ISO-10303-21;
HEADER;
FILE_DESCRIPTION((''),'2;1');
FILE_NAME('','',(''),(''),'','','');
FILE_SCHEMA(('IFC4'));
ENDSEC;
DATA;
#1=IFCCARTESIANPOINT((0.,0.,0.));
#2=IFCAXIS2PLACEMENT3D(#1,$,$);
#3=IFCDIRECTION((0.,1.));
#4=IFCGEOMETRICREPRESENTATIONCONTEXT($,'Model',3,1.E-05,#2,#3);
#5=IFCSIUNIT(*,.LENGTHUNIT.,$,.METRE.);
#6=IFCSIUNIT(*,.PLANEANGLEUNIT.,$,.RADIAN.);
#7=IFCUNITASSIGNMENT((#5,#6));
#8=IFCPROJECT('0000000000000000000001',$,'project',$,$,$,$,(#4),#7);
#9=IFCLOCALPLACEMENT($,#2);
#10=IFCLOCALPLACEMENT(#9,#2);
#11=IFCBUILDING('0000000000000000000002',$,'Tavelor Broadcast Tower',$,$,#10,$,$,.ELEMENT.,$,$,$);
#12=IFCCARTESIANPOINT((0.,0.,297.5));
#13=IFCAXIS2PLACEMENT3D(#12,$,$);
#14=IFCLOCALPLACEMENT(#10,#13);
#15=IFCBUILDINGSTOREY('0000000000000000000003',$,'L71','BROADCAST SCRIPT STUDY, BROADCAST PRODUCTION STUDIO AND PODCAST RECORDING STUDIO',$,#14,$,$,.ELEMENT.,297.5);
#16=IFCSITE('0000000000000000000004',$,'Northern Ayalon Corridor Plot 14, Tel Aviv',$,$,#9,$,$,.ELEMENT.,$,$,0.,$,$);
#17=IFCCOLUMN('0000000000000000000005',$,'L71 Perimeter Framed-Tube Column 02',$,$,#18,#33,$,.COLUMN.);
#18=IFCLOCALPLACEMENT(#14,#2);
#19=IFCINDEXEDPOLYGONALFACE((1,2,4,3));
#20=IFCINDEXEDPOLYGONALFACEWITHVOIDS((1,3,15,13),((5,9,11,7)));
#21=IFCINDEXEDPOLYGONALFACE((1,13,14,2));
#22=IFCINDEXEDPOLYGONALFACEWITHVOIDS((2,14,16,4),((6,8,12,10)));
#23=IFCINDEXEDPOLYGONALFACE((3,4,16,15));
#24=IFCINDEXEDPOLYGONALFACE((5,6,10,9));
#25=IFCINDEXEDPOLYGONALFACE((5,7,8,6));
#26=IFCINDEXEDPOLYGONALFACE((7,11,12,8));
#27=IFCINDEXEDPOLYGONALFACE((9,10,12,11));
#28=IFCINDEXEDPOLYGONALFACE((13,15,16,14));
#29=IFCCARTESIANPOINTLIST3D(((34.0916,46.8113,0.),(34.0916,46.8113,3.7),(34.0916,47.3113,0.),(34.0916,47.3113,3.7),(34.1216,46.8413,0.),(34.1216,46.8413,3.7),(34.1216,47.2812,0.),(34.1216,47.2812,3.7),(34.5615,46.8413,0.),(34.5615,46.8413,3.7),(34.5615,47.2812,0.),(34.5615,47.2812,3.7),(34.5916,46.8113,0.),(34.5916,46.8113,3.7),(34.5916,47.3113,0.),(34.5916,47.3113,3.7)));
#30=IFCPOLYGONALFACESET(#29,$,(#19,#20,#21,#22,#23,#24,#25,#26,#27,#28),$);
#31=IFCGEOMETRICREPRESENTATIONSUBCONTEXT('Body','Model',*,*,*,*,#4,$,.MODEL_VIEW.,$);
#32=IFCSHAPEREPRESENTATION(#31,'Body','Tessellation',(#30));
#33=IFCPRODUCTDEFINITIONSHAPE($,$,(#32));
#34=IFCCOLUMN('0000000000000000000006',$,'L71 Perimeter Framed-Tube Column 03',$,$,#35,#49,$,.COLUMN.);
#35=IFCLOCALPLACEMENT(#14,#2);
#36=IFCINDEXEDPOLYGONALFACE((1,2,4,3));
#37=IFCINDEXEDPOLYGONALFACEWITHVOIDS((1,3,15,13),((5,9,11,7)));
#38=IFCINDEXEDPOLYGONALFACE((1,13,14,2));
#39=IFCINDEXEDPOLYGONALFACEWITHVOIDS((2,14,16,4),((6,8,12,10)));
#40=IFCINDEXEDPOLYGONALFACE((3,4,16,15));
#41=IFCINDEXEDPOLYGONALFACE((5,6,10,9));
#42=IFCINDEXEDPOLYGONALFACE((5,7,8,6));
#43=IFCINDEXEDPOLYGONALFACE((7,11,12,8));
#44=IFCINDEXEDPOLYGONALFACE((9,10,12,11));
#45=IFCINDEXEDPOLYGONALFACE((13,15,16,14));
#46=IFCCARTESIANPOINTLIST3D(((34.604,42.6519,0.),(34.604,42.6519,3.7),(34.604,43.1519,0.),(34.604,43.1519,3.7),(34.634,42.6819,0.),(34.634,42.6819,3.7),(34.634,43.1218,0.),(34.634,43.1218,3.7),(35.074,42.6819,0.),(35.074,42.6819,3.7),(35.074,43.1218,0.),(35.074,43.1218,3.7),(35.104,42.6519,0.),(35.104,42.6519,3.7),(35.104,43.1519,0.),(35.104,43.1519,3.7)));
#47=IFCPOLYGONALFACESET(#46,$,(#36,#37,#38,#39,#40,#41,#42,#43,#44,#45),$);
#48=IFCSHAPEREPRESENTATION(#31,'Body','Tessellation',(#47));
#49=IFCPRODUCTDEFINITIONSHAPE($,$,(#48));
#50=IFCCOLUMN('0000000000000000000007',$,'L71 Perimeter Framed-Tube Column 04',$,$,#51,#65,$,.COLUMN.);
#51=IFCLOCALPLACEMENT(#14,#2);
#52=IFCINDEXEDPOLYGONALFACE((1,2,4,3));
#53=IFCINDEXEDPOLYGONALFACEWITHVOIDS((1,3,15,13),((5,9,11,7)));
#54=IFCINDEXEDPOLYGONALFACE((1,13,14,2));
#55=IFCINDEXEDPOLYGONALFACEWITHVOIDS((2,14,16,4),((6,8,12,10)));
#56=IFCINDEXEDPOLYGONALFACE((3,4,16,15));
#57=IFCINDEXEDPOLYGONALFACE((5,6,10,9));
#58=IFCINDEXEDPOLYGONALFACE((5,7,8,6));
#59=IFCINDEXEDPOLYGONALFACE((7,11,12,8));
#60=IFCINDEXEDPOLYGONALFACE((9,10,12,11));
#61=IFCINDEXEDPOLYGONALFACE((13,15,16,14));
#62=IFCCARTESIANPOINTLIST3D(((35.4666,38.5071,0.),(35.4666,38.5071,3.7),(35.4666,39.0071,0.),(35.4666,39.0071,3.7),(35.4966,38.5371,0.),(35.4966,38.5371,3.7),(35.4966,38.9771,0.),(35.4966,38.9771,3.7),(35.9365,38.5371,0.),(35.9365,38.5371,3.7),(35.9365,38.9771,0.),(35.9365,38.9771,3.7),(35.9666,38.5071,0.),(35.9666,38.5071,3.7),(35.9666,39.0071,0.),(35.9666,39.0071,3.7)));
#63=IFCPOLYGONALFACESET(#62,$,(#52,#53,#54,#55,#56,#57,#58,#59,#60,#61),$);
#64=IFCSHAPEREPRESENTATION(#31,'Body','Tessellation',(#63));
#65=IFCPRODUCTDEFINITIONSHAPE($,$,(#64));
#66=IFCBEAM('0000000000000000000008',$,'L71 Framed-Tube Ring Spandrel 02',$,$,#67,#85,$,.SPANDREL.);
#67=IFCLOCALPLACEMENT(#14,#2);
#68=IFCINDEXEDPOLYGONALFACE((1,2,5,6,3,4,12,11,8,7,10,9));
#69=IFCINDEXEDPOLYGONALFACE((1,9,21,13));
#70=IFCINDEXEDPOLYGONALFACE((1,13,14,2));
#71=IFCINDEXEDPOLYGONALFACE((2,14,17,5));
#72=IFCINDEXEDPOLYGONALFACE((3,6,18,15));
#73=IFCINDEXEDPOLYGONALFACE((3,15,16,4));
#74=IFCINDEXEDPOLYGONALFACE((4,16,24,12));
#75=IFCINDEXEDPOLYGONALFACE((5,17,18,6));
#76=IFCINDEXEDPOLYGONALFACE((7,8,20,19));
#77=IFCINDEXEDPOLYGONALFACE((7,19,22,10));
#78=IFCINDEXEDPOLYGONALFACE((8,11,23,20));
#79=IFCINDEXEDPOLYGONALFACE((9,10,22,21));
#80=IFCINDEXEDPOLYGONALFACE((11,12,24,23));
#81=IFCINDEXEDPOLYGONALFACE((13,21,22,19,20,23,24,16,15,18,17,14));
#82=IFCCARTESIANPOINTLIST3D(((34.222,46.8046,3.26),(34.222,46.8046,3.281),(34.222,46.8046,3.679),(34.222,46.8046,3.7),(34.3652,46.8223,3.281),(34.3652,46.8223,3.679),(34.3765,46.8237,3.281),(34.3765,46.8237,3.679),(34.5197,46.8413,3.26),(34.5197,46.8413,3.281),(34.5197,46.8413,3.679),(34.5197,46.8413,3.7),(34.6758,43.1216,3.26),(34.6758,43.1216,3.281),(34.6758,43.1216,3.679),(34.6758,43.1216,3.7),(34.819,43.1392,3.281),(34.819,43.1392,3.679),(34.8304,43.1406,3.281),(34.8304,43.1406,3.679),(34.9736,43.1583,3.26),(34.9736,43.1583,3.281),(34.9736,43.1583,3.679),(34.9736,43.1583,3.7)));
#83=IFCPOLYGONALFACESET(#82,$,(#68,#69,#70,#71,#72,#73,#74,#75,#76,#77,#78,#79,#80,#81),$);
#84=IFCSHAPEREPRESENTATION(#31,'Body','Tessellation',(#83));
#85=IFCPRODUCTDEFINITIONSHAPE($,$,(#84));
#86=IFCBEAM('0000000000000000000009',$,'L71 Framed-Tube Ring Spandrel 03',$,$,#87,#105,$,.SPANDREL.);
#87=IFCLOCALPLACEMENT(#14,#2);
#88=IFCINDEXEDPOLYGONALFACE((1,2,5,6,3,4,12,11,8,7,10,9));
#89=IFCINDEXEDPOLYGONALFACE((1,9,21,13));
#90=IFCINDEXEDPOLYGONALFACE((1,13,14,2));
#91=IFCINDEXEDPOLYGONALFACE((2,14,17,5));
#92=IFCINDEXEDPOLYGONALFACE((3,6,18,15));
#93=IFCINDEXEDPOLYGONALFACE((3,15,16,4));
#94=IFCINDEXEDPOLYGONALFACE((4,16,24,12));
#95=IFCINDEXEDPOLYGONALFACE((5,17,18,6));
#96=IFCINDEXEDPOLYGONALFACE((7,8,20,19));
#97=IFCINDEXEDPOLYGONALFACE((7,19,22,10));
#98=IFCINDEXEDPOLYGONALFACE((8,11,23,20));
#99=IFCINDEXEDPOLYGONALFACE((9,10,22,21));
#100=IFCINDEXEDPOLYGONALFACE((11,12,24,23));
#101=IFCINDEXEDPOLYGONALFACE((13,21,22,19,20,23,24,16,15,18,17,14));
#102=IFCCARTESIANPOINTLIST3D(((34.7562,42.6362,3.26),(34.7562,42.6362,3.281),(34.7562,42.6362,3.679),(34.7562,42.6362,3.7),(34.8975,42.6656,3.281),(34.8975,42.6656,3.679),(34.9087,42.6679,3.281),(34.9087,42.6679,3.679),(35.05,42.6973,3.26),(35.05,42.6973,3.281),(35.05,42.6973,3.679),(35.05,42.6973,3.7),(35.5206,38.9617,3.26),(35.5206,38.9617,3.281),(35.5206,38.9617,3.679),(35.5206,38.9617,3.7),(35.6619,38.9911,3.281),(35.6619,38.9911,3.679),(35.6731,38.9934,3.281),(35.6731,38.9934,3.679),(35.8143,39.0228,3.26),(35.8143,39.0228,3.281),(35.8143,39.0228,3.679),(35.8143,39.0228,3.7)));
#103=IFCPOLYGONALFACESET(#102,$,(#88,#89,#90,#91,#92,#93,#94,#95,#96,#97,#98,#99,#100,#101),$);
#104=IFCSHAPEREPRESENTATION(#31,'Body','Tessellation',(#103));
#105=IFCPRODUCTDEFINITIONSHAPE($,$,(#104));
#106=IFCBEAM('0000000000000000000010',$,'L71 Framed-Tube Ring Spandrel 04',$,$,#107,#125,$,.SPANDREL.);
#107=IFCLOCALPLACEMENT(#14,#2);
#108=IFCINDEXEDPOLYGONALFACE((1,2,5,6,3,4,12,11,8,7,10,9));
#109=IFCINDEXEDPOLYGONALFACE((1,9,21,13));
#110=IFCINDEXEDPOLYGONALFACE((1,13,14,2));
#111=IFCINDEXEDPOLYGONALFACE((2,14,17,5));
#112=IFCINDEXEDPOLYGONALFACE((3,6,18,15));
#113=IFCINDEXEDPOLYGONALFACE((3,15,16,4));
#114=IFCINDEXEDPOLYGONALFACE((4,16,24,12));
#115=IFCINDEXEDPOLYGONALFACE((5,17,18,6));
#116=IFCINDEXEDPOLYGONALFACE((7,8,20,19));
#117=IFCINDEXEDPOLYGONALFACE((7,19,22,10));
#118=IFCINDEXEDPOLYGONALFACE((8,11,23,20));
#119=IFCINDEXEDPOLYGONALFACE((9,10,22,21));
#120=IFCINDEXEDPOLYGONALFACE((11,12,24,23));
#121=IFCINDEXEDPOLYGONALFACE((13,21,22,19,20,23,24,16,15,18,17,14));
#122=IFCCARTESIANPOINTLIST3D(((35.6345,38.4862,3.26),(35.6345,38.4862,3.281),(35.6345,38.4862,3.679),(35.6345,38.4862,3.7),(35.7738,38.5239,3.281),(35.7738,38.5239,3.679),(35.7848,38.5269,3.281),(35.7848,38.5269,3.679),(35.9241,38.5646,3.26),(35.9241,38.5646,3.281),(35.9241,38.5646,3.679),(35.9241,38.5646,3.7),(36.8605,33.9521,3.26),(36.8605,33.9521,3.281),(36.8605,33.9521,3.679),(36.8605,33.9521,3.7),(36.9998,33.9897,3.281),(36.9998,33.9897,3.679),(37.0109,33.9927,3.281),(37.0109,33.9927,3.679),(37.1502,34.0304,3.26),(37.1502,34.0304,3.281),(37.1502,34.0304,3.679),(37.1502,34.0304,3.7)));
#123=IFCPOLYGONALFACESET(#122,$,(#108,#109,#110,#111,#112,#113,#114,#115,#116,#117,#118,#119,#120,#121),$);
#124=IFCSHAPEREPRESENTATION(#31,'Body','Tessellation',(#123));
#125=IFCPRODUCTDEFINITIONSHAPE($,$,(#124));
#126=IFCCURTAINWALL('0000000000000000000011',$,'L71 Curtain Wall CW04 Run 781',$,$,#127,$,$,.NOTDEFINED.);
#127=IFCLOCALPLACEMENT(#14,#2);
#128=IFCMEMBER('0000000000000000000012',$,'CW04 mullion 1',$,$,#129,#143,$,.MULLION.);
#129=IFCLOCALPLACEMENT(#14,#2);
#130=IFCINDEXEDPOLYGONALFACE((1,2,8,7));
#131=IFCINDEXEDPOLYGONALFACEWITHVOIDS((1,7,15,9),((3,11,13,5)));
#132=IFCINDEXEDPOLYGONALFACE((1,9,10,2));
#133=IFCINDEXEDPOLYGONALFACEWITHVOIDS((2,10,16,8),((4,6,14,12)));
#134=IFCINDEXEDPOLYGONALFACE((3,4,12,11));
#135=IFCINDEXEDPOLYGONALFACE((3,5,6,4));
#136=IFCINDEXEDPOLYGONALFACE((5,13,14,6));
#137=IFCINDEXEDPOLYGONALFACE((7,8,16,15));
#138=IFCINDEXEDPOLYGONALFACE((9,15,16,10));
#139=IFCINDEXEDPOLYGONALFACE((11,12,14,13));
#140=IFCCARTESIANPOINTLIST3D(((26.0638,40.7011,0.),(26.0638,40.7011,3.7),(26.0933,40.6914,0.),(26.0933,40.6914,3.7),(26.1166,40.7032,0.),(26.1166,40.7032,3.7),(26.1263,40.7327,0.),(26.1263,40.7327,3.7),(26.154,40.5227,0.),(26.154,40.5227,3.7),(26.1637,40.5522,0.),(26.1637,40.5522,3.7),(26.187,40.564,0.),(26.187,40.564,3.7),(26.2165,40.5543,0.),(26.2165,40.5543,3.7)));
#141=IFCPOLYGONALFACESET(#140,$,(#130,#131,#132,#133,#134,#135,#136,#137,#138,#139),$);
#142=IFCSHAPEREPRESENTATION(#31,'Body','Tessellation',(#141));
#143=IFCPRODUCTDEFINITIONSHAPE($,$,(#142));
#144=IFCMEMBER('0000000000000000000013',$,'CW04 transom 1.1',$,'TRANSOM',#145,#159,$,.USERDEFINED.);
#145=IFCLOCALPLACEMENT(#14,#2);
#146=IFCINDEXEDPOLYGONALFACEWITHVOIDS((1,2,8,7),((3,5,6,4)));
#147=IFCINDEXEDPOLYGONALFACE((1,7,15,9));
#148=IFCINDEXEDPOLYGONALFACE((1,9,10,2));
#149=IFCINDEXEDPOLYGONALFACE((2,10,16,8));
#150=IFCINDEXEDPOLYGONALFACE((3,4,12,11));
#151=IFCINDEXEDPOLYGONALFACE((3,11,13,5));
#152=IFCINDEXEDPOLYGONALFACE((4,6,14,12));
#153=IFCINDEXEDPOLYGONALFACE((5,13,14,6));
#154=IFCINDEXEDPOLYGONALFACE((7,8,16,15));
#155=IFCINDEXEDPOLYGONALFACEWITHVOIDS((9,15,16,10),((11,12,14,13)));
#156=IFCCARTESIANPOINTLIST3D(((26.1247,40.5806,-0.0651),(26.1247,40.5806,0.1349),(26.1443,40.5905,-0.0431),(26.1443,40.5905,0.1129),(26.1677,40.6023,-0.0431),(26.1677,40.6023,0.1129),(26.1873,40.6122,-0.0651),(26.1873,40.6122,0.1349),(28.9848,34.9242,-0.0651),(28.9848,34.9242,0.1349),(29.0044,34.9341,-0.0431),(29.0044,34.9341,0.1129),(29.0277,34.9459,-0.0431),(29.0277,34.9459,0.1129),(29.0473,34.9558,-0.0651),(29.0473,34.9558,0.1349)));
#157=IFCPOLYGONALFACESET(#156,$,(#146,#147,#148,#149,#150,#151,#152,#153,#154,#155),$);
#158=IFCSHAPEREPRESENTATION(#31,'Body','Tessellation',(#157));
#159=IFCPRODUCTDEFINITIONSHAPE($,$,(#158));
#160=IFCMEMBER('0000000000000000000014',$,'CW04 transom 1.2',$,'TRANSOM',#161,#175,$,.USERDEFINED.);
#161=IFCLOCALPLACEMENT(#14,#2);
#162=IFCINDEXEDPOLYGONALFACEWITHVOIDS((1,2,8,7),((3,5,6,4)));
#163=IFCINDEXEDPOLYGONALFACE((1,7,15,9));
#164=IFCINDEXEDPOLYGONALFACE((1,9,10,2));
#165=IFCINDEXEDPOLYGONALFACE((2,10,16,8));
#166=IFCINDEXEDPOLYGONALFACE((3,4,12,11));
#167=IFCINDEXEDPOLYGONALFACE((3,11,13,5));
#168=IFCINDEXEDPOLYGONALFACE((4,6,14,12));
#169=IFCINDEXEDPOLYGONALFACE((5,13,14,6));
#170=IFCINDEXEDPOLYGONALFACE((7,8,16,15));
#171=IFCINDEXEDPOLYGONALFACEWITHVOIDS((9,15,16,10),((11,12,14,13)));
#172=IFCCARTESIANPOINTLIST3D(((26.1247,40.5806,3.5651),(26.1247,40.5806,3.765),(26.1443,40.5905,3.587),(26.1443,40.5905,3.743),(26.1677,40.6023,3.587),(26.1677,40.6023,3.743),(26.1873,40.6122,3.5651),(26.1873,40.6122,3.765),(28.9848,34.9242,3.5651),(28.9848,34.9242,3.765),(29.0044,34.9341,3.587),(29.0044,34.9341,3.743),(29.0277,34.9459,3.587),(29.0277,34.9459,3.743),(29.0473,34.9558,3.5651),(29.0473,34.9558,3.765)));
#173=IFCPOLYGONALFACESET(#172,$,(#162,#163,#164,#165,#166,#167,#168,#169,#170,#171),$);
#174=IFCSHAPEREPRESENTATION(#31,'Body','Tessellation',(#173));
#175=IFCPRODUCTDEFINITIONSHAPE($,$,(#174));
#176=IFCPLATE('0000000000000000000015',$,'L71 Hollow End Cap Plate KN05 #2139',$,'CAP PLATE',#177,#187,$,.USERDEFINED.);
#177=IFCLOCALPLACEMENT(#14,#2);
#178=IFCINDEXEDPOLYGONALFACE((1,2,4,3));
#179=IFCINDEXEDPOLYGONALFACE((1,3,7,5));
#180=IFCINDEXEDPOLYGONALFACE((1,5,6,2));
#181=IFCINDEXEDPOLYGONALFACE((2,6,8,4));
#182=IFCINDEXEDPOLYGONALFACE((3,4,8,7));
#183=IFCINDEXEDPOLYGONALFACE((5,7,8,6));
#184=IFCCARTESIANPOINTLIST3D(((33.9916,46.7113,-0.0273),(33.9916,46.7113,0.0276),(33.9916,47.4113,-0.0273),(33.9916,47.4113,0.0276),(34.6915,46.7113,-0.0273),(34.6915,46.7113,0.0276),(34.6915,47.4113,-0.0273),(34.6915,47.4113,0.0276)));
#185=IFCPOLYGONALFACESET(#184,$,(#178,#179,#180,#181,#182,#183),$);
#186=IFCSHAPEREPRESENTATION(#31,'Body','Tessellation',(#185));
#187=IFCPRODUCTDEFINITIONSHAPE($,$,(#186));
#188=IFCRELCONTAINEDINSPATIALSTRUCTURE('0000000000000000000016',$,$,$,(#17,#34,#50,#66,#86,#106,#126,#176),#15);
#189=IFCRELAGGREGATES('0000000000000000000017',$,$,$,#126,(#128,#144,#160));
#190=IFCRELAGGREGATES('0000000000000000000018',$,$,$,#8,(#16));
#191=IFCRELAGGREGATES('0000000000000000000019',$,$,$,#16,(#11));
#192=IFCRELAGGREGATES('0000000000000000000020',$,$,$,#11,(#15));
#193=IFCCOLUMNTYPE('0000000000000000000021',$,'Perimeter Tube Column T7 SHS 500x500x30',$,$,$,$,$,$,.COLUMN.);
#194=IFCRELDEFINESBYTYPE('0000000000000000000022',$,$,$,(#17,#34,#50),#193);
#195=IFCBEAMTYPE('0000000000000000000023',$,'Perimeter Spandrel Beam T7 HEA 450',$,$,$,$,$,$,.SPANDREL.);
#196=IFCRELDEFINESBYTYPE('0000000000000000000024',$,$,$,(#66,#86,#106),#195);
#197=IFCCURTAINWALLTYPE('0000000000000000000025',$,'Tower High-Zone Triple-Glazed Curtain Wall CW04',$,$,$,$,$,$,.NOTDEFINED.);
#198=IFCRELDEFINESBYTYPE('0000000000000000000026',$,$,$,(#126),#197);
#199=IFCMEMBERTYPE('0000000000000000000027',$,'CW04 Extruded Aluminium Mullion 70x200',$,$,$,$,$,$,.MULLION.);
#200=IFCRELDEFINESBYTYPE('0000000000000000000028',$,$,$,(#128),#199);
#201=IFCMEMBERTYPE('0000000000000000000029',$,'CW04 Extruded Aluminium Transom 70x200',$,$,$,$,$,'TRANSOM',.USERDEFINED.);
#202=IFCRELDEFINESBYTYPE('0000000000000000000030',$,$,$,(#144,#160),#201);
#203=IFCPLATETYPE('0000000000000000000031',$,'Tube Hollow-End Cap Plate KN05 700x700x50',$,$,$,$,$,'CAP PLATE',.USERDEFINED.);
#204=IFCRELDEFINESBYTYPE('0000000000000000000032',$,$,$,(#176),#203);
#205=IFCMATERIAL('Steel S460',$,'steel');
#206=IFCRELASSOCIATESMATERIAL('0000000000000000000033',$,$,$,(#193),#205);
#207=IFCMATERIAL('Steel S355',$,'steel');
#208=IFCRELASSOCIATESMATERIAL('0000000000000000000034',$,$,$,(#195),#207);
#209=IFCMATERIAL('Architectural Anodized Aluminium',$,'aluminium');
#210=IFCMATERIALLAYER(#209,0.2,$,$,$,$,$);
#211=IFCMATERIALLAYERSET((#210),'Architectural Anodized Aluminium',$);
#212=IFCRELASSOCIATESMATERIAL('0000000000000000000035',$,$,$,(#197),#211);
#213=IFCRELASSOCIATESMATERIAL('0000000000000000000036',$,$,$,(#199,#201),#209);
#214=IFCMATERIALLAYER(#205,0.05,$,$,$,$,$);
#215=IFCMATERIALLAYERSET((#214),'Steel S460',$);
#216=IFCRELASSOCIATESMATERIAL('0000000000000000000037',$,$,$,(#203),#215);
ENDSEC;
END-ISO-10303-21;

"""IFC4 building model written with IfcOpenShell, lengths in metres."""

from ifc_helpers import new_model, si_unit, direction, frame, origin, origin_2d, place, context, subcontext, project, spatial, rectangle, hollow_rectangle, i_section, extrude, source, transform, mapped, material, layer, layer_set, material_profile, profile_set, type_object, type_shapes, element, aggregate, save


model = new_model("IFC4")

# Units and contexts
model_context = context("Model", 3, precision=1e-05, world=origin(), true_north=direction((0.0, 1.0)))
body_context = subcontext(model_context, "Body", "Model", "MODEL_VIEW")
ifc_project = project(units=[si_unit("LENGTHUNIT", "METRE"), si_unit("PLANEANGLEUNIT", "RADIAN")], contexts=[model_context])

# Site, building, storey
site_placement = place(None, origin())
site = spatial("IfcSite", under=ifc_project, at=site_placement, Name="Northern Ayalon Corridor Plot 14, Tel Aviv", CompositionType="ELEMENT", RefElevation=0.0)
building_placement = place(site_placement, origin())
building = spatial("IfcBuilding", under=site, at=building_placement, Name="Tavelor Broadcast Tower", CompositionType="ELEMENT")
storey_placement = place(building_placement, frame((0.0, 0.0, 297.5)))
storey = spatial("IfcBuildingStorey", under=building, at=storey_placement, Name="L71", Description="BROADCAST SCRIPT STUDY, BROADCAST PRODUCTION STUDIO AND PODCAST RECORDING STUDIO", CompositionType="ELEMENT", Elevation=297.5)

# Columns
ifc_material_1 = material(Name="Steel S460", Category="steel")
ifc_material_profile_1 = material_profile(ifc_material_1, hollow_rectangle(XDim=0.5, YDim=0.5, WallThickness=0.03, at=origin_2d()), Name="SHS 500x500x30")
ifc_profile_set_1 = profile_set([ifc_material_profile_1], Name="Steel S460")
column_type = type_object("IfcColumnType", Name="Perimeter Tube Column T7 SHS 500x500x30", PredefinedType="COLUMN", material=ifc_profile_set_1)
for number, where, z_axis, x_axis, name in (
    (1, (34.3416, 47.0613, 0.0), (0.0, 0.0, 1.0), (1.0, 0.0, 0.0), "L71 Perimeter Framed-Tube Column 02"),
    (2, (34.854, 42.9019, 0.0), (0.0, 0.0, 1.0), (1.0, 0.0, 0.0), "L71 Perimeter Framed-Tube Column 03"),
    (3, (35.7166, 38.7571, 0.0), (0.0, 0.0, 1.0), (1.0, 0.0, 0.0), "L71 Perimeter Framed-Tube Column 04"),
):
    element("IfcColumn", number, at=place(storey_placement, frame(where, z_axis=z_axis, x_axis=x_axis)), inside=storey, type_object=column_type, Name=name, PredefinedType="COLUMN", context=body_context, shape_type="SweptSolid", body=[
        extrude(hollow_rectangle(XDim=0.5, YDim=0.5, WallThickness=0.03, at=origin_2d()), origin(), (0.0, 0.0, 1.0), 3.7),
    ])

# Beams
ifc_material_2 = material(Name="Steel S355", Category="steel")
ifc_material_profile_2 = material_profile(ifc_material_2, i_section(OverallWidth=0.3, OverallDepth=0.4399, WebThickness=0.0115, FlangeThickness=0.021, at=origin_2d()), Name="HEA 450")
ifc_profile_set_2 = profile_set([ifc_material_profile_2], Name="Steel S355")
beam_type = type_object("IfcBeamType", Name="Perimeter Spandrel Beam T7 HEA 450", PredefinedType="SPANDREL", material=ifc_profile_set_2)
beam_1_placement = place(storey_placement, frame((34.3708, 46.823, 3.48), z_axis=(0.122302, -0.992493, 0.0), x_axis=(0.992493, 0.122302, 0.0)))
element("IfcBeam", 4, at=beam_1_placement, inside=storey, type_object=beam_type, Name="L71 Framed-Tube Ring Spandrel 02", PredefinedType="SPANDREL", context=body_context, shape_type="SweptSolid", body=[
    extrude(i_section(OverallWidth=0.3, OverallDepth=0.4399, WebThickness=0.0115, FlangeThickness=0.021, at=origin_2d()), origin(), (0.0, 0.0, 1.0), 3.7109),
])
beam_2_placement = place(storey_placement, frame((34.9031, 42.6667, 3.48), z_axis=(0.203666, -0.97904, 0.0), x_axis=(0.97904, 0.203666, 0.0)))
element("IfcBeam", 5, at=beam_2_placement, inside=storey, type_object=beam_type, Name="L71 Framed-Tube Ring Spandrel 03", PredefinedType="SPANDREL", context=body_context, shape_type="SweptSolid", body=[
    extrude(i_section(OverallWidth=0.3, OverallDepth=0.4399, WebThickness=0.0115, FlangeThickness=0.021, at=origin_2d()), origin(), (0.0, 0.0, 1.0), 3.7532),
])
beam_3_placement = place(storey_placement, frame((35.7793, 38.5254, 3.48), z_axis=(0.261032, -0.96533, 0.0), x_axis=(0.96533, 0.261032, 0.0)))
element("IfcBeam", 6, at=beam_3_placement, inside=storey, type_object=beam_type, Name="L71 Framed-Tube Ring Spandrel 04", PredefinedType="SPANDREL", context=body_context, shape_type="SweptSolid", body=[
    extrude(i_section(OverallWidth=0.3, OverallDepth=0.4399, WebThickness=0.0115, FlangeThickness=0.021, at=origin_2d()), origin(), (0.0, 0.0, 1.0), 4.697),
])

# Curtain wall, members
ifc_material_3 = material(Name="Architectural Anodized Aluminium", Category="aluminium")
ifc_layer_1 = layer(ifc_material_3, 0.2)
ifc_layer_set_1 = layer_set([ifc_layer_1], Name="Architectural Anodized Aluminium")
curtain_wall_type = type_object("IfcCurtainWallType", Name="Tower High-Zone Triple-Glazed Curtain Wall CW04", PredefinedType="NOTDEFINED", material=ifc_layer_set_1)
curtain_wall_placement = place(storey_placement, origin())
curtain_wall = element("IfcCurtainWall", 7, at=curtain_wall_placement, inside=storey, type_object=curtain_wall_type, Name="L71 Curtain Wall CW04 Run 781", PredefinedType="NOTDEFINED")
ifc_material_profile_3 = material_profile(ifc_material_3, hollow_rectangle(XDim=0.0701, YDim=0.2, WallThickness=0.022, at=origin_2d()), Name="RHS 70x200x22")
ifc_profile_set_3 = profile_set([ifc_material_profile_3], Name="Architectural Anodized Aluminium")
member_type_1 = type_object("IfcMemberType", Name="CW04 Extruded Aluminium Mullion 70x200", PredefinedType="MULLION", material=ifc_profile_set_3)
shared_shape_1 = source(origin(), body_context, "Body", "SweptSolid", [
    extrude(hollow_rectangle(XDim=0.0701, YDim=0.2, WallThickness=0.022, at=origin_2d()), origin(), (0.0, 0.0, 1.0), 3.7),
])
type_shapes(member_type_1, [shared_shape_1])
member_1_placement = place(storey_placement, frame((26.1401, 40.6277, 0.0), z_axis=(0.0, 0.0, 1.0), x_axis=(0.89239, 0.451266, 0.0)))
member_1 = element("IfcMember", 8, at=member_1_placement, type_object=member_type_1, Name="CW04 mullion 1", PredefinedType="MULLION", context=body_context, shape_type="MappedRepresentation", body=[
    mapped(shared_shape_1, transform((0.0, 0.0, 0.0), scale=1.0)),
])
ifc_material_profile_4 = material_profile(ifc_material_3, hollow_rectangle(XDim=0.0701, YDim=0.2, WallThickness=0.022, at=origin_2d()), Name="RHS 70x200x22")
ifc_profile_set_4 = profile_set([ifc_material_profile_4], Name="Architectural Anodized Aluminium")
member_type_2 = type_object("IfcMemberType", Name="CW04 Extruded Aluminium Transom 70x200", ElementType="TRANSOM", PredefinedType="USERDEFINED", material=ifc_profile_set_4)
shared_shape_2 = source(origin(), body_context, "Body", "SweptSolid", [
    extrude(hollow_rectangle(XDim=0.0701, YDim=0.2, WallThickness=0.022, at=origin_2d()), origin(), (0.0, 0.0, 1.0), 6.3384),
])
type_shapes(member_type_2, [shared_shape_2])
member_2_placement = place(storey_placement, frame((26.156, 40.5964, 0.0349), z_axis=(0.45123, -0.892408, 0.0), x_axis=(0.892408, 0.45123, 0.0)))
member_2 = element("IfcMember", 9, at=member_2_placement, type_object=member_type_2, Name="CW04 transom 1.1", ObjectType="TRANSOM", PredefinedType="USERDEFINED", context=body_context, shape_type="MappedRepresentation", body=[
    mapped(shared_shape_2, transform((0.0, 0.0, 0.0), scale=1.0)),
])
member_3_placement = place(storey_placement, frame((26.156, 40.5964, 3.665), z_axis=(0.45123, -0.892408, 0.0), x_axis=(0.892408, 0.45123, 0.0)))
member_3 = element("IfcMember", 10, at=member_3_placement, type_object=member_type_2, Name="CW04 transom 1.2", ObjectType="TRANSOM", PredefinedType="USERDEFINED", context=body_context, shape_type="MappedRepresentation", body=[
    mapped(shared_shape_2, transform((0.0, 0.0, 0.0), scale=1.0)),
])
aggregate(curtain_wall, [member_1, member_2, member_3])

# Plate
ifc_layer_2 = layer(ifc_material_1, 0.05)
ifc_layer_set_2 = layer_set([ifc_layer_2], Name="Steel S460")
plate_type = type_object("IfcPlateType", Name="Tube Hollow-End Cap Plate KN05 700x700x50", ElementType="CAP PLATE", PredefinedType="USERDEFINED", material=ifc_layer_set_2)
shared_shape_3 = source(origin(), body_context, "Body", "SweptSolid", [
    extrude(rectangle(XDim=0.7, YDim=0.7, at=origin_2d()), origin(), (0.0, 0.0, 1.0), 0.0549),
])
type_shapes(plate_type, [shared_shape_3])
for number, where, z_axis, x_axis, name in (
    (11, (34.3416, 47.0613, -0.0273), (0.0, 0.0, 1.0), (1.0, 0.0, 0.0), "L71 Hollow End Cap Plate KN05 #2139"),
):
    element("IfcPlate", number, at=place(storey_placement, frame(where, z_axis=z_axis, x_axis=x_axis)), inside=storey, type_object=plate_type, Name=name, ObjectType="CAP PLATE", PredefinedType="USERDEFINED", context=body_context, shape_type="MappedRepresentation", body=[
        mapped(shared_shape_3, transform((0.0, 0.0, 0.0), scale=1.0)),
    ])

save(model, "model.ifc")
